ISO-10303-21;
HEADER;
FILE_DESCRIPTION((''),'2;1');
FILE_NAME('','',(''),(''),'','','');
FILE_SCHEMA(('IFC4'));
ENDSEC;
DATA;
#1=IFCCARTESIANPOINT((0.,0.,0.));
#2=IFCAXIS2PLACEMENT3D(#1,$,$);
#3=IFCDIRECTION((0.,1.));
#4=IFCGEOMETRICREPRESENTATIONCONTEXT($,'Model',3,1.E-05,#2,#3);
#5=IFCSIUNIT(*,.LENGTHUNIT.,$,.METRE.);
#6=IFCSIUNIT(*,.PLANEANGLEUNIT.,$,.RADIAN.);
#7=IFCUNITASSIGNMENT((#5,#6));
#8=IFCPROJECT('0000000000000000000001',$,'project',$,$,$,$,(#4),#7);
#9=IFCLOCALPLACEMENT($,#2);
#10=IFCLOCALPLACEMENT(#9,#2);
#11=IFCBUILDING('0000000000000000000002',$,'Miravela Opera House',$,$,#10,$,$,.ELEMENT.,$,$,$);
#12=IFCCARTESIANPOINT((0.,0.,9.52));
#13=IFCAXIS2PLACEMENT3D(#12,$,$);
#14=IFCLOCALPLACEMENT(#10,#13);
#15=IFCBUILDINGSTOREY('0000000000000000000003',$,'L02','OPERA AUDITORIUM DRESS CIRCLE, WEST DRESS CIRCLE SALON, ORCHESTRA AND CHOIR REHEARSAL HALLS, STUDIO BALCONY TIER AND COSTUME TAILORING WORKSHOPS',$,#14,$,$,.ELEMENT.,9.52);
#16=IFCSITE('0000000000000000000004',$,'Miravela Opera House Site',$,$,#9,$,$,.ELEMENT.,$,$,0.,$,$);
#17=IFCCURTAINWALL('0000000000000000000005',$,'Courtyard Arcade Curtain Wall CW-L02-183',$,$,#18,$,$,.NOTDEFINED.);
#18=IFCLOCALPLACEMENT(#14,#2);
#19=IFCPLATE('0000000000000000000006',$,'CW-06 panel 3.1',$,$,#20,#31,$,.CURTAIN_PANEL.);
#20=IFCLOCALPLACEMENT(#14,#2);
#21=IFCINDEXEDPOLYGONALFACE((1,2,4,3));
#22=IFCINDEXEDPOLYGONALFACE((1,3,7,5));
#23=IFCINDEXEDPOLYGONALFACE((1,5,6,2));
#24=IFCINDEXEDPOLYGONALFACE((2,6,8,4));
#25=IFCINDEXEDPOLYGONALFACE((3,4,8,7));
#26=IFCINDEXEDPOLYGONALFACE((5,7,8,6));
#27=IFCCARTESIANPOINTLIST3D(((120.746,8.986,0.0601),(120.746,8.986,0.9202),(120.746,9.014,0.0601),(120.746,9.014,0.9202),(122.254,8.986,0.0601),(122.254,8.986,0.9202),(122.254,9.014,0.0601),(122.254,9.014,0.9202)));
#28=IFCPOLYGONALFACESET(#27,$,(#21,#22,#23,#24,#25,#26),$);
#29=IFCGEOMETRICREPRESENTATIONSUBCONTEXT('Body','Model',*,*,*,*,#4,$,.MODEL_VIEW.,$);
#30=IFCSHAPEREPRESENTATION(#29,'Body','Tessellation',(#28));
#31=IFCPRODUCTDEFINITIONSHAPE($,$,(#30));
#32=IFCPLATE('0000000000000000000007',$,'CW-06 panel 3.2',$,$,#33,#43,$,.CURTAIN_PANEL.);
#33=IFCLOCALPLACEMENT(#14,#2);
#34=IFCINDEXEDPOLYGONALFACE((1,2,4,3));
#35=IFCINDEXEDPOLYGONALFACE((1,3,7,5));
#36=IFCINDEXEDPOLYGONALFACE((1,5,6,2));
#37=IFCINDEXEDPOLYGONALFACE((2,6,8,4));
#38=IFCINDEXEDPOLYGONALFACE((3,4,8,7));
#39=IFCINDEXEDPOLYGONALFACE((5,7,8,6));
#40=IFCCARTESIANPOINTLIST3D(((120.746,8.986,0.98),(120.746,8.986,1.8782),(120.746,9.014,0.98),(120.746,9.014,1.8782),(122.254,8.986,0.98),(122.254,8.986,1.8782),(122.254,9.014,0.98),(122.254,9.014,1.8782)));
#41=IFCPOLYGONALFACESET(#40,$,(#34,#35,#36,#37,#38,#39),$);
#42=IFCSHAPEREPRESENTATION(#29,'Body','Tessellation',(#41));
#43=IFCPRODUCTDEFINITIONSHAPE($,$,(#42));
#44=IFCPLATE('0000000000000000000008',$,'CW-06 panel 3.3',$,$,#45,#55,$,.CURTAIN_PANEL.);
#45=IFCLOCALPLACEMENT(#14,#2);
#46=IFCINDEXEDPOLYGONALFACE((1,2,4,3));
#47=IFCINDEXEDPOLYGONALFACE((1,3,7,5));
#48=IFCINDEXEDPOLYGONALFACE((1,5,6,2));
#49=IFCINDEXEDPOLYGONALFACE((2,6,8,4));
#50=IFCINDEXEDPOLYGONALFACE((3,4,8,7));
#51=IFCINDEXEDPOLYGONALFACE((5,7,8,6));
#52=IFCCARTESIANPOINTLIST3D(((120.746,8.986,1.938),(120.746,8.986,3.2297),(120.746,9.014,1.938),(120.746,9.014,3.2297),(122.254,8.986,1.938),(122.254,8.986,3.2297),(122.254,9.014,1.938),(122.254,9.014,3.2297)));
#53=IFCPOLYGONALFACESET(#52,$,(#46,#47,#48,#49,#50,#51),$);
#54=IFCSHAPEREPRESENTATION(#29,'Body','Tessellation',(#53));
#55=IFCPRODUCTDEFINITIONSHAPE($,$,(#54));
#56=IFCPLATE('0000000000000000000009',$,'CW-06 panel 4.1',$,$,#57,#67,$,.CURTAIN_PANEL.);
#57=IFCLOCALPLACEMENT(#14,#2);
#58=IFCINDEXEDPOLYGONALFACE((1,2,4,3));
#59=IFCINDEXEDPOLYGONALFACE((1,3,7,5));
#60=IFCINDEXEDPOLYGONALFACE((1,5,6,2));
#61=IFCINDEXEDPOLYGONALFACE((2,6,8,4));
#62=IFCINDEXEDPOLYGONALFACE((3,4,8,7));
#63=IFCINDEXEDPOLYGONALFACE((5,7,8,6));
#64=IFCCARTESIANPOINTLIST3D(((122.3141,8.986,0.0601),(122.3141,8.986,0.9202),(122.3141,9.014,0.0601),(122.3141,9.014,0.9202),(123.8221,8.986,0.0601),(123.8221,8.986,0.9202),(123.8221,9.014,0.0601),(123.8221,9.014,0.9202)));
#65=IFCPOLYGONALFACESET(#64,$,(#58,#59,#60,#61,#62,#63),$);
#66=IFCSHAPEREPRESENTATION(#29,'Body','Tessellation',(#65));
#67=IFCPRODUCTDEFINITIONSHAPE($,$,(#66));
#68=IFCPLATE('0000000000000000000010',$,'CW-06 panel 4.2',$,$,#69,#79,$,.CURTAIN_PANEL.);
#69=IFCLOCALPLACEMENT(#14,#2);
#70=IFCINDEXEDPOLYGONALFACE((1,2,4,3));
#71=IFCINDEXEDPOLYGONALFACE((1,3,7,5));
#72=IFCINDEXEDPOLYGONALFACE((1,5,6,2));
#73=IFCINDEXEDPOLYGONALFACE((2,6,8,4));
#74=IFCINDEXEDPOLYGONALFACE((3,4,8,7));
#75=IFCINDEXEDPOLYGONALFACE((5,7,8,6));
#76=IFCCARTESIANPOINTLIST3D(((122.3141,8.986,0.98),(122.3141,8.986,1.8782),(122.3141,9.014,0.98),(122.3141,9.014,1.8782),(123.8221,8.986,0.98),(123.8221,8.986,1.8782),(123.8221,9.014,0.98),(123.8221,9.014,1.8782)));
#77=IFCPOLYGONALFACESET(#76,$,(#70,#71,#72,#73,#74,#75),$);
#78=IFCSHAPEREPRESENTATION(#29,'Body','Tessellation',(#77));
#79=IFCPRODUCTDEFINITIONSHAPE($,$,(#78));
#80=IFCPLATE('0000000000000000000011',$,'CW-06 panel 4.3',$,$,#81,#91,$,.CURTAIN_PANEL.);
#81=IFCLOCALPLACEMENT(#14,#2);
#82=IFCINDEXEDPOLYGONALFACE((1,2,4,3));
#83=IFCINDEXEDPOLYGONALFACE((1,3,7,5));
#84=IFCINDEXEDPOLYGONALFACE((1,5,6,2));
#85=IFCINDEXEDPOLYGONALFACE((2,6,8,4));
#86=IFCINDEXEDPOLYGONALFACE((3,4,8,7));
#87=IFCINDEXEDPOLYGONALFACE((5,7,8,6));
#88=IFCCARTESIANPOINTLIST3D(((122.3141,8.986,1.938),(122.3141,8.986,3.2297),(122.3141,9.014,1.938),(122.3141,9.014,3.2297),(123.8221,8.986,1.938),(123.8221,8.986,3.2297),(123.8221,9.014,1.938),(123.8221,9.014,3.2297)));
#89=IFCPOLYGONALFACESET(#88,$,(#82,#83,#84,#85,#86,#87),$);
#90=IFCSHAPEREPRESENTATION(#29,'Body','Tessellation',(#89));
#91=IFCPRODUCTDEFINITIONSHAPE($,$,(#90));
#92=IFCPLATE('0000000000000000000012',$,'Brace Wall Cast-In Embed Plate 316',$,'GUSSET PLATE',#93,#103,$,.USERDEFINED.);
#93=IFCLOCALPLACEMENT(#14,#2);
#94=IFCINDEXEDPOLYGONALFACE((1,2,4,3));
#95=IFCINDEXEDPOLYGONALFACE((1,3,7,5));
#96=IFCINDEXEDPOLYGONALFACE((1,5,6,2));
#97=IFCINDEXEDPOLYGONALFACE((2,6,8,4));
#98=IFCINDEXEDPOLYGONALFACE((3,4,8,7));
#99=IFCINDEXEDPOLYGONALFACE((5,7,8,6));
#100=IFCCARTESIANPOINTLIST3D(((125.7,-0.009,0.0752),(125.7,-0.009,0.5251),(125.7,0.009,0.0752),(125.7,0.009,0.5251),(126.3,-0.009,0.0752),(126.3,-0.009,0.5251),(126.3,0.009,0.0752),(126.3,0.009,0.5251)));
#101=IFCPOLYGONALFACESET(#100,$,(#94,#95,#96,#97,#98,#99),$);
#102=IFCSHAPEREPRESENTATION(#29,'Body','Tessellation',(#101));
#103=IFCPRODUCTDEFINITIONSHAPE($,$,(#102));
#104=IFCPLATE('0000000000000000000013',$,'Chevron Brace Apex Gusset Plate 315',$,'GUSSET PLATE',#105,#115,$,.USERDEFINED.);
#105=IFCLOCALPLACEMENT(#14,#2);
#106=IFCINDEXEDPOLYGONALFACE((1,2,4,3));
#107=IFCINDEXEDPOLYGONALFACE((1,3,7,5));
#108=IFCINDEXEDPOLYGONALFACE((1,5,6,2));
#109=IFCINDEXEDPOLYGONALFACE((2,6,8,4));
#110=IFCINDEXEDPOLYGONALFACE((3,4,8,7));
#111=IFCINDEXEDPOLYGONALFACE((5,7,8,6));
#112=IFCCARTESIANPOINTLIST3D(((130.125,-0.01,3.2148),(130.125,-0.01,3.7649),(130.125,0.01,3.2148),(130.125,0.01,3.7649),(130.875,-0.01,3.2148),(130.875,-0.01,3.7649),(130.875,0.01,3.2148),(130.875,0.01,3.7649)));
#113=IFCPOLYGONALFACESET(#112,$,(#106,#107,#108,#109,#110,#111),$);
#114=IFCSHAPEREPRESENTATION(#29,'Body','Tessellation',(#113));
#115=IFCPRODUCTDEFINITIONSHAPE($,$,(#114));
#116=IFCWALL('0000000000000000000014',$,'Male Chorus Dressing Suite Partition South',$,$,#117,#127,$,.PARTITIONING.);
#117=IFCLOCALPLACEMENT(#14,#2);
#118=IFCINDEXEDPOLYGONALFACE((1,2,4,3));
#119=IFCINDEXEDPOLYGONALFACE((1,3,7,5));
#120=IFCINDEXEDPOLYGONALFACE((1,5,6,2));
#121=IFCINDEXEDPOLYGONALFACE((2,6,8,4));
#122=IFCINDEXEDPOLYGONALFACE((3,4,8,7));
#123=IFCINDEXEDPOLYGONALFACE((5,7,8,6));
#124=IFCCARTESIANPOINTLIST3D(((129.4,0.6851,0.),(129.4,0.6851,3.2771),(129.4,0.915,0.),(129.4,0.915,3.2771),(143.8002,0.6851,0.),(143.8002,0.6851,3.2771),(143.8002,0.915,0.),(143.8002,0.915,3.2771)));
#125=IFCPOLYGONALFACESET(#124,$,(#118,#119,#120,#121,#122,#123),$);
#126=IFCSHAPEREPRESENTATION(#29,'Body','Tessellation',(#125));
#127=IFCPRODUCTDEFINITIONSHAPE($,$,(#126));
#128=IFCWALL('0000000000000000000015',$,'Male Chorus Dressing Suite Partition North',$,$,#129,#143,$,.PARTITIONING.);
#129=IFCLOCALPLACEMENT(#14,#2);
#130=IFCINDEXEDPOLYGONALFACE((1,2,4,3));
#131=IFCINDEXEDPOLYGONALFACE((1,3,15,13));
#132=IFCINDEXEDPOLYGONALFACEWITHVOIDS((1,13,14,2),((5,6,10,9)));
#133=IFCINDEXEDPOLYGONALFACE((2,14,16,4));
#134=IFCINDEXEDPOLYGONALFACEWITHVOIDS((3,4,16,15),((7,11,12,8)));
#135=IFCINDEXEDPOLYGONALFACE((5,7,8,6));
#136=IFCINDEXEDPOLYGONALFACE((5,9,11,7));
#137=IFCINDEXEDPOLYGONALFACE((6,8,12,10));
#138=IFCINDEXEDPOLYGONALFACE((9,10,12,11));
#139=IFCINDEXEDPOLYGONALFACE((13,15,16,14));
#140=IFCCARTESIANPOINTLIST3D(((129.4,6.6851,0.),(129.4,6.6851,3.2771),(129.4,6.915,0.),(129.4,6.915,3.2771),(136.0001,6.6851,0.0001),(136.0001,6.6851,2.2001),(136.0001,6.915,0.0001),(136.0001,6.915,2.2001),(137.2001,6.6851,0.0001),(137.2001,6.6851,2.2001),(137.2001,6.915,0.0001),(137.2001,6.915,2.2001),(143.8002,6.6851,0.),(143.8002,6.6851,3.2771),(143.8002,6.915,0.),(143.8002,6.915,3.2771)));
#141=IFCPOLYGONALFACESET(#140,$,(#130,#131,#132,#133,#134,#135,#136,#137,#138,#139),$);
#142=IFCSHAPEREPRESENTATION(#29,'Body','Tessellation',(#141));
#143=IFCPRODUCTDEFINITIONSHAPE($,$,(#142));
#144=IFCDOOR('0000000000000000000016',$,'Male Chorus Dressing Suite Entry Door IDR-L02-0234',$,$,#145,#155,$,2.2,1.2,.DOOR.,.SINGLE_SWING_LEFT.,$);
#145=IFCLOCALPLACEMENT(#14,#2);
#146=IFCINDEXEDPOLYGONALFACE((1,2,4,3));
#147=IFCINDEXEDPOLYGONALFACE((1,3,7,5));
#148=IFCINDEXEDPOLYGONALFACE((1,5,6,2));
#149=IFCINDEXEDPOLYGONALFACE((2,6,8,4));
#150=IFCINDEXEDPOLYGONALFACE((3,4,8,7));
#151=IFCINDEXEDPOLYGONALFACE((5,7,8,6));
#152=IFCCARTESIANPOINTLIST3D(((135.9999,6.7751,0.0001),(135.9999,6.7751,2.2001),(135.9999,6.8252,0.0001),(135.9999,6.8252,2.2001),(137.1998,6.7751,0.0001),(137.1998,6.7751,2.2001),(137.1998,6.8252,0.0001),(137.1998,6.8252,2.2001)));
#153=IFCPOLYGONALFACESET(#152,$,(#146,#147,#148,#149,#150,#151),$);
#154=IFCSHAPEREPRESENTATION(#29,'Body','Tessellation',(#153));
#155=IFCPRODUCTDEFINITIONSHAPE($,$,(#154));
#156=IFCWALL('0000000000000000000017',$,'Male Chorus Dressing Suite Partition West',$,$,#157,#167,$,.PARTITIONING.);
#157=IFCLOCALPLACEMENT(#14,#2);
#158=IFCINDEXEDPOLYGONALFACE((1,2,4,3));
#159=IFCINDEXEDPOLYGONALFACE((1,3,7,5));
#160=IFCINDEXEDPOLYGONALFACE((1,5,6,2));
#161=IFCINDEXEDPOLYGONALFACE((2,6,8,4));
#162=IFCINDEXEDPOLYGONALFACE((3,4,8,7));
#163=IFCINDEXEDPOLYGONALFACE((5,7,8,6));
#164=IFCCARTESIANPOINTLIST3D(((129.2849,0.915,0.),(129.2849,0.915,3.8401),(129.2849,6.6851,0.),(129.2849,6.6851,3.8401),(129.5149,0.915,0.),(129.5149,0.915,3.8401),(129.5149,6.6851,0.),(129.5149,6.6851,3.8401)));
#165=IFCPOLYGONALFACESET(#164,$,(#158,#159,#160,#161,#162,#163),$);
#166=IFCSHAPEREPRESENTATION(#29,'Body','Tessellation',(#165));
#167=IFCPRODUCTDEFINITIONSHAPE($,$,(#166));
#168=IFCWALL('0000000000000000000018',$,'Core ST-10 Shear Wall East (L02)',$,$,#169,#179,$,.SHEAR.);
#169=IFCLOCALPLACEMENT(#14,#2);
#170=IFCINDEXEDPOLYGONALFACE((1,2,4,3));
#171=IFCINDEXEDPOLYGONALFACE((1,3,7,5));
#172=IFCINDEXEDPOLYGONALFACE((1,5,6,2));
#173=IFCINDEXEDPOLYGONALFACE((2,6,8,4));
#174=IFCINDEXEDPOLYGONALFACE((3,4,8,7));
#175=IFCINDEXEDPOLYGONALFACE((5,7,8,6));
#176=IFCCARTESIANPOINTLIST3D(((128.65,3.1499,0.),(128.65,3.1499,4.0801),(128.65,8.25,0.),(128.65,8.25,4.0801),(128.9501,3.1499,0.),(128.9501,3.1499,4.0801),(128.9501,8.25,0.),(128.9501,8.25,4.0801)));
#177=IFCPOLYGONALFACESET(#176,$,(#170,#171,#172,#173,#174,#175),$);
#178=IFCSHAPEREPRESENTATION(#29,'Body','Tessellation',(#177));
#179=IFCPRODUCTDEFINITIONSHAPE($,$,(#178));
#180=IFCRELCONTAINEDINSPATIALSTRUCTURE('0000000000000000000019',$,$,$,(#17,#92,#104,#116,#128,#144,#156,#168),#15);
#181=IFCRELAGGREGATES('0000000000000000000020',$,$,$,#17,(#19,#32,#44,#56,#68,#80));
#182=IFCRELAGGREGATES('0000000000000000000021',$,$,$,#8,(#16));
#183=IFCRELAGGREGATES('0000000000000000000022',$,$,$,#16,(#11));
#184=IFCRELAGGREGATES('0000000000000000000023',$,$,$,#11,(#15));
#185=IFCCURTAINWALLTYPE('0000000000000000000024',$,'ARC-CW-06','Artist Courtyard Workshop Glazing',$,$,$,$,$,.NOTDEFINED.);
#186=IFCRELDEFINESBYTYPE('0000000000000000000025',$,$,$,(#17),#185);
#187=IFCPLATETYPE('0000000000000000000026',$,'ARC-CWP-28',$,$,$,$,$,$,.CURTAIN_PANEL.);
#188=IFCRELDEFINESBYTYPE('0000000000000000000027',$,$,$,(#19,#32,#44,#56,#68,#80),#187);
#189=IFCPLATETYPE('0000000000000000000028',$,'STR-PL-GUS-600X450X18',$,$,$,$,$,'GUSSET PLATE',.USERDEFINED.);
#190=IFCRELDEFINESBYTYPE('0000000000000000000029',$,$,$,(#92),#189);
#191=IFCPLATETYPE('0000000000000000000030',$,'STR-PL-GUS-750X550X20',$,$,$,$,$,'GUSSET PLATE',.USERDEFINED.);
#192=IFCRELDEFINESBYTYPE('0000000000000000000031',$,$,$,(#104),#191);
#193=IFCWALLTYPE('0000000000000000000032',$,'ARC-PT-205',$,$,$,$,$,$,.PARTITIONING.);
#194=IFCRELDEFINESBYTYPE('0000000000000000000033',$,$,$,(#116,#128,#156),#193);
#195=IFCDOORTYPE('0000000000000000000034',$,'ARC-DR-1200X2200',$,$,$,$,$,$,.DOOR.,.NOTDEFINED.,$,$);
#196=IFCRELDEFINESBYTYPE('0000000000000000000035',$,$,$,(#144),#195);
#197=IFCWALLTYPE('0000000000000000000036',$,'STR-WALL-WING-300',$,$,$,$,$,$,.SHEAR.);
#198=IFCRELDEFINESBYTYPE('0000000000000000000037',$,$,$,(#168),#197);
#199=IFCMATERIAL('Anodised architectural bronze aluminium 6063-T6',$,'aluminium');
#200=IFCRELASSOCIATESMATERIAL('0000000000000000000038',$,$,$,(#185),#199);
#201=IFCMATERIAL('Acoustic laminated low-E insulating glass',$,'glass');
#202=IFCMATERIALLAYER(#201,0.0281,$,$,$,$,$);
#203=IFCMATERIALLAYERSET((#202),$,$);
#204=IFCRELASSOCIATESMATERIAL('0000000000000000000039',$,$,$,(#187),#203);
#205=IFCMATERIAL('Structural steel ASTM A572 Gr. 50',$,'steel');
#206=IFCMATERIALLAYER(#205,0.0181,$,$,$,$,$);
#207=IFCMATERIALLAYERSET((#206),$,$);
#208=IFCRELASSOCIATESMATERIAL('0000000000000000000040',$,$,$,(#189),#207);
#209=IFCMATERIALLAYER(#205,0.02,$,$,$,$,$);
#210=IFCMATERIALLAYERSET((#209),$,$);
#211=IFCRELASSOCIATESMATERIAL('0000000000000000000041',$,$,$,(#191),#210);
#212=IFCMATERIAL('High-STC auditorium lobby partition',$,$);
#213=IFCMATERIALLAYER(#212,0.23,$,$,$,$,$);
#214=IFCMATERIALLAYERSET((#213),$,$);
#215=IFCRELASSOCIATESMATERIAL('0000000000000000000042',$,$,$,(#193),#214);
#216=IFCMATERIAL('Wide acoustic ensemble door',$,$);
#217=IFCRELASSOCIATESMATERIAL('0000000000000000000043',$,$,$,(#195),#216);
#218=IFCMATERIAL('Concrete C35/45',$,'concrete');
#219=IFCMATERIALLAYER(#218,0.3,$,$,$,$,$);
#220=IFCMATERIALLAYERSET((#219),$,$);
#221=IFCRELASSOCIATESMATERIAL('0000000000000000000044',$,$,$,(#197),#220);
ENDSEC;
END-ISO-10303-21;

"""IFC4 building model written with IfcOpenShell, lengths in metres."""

from ifc_helpers import new_model, si_unit, direction, frame, frame_2d, origin, origin_2d, place, context, subcontext, project, spatial, rectangle, extrude, material, layer, layer_set, type_object, element, fill, aggregate, save


model = new_model("IFC4")

# Units and contexts
model_context = context("Model", 3, precision=1e-05, world=origin(), true_north=direction((0.0, 1.0)))
body_context = subcontext(model_context, "Body", "Model", "MODEL_VIEW")
ifc_project = project(units=[si_unit("LENGTHUNIT", "METRE"), si_unit("PLANEANGLEUNIT", "RADIAN")], contexts=[model_context])

# Site, building, storey
site_placement = place(None, origin())
site = spatial("IfcSite", under=ifc_project, at=site_placement, Name="Miravela Opera House Site", CompositionType="ELEMENT", RefElevation=0.0)
building_placement = place(site_placement, origin())
building = spatial("IfcBuilding", under=site, at=building_placement, Name="Miravela Opera House", CompositionType="ELEMENT")
storey_placement = place(building_placement, frame((0.0, 0.0, 9.52)))
storey = spatial("IfcBuildingStorey", under=building, at=storey_placement, Name="L02", Description="OPERA AUDITORIUM DRESS CIRCLE, WEST DRESS CIRCLE SALON, ORCHESTRA AND CHOIR REHEARSAL HALLS, STUDIO BALCONY TIER AND COSTUME TAILORING WORKSHOPS", CompositionType="ELEMENT", Elevation=9.52)

# Shared definitions
ifc_material_1 = material(Name="Concrete C35/45", Category="concrete")

# Curtain wall
ifc_material_2 = material(Name="Anodised architectural bronze aluminium 6063-T6", Category="aluminium")
curtain_wall_type = type_object("IfcCurtainWallType", Name="ARC-CW-06", Description="Artist Courtyard Workshop Glazing", PredefinedType="NOTDEFINED", material=ifc_material_2)
curtain_wall_placement = place(storey_placement, origin())
curtain_wall = element("IfcCurtainWall", 1, at=curtain_wall_placement, inside=storey, type_object=curtain_wall_type, Name="Courtyard Arcade Curtain Wall CW-L02-183", PredefinedType="NOTDEFINED")

# Plates
ifc_material_3 = material(Name="Acoustic laminated low-E insulating glass", Category="glass")
ifc_layer_1 = layer(ifc_material_3, 0.0281)
ifc_layer_set_1 = layer_set([ifc_layer_1])
plate_type_1 = type_object("IfcPlateType", Name="ARC-CWP-28", PredefinedType="CURTAIN_PANEL", material=ifc_layer_set_1)
plate_1_placement = place(storey_placement, frame((121.5, 9.0, 0.0601), z_axis=(0.0, 0.0, 1.0), x_axis=(1.0, 0.0, 0.0)))
plate_1 = element("IfcPlate", 2, at=plate_1_placement, type_object=plate_type_1, Name="CW-06 panel 3.1", PredefinedType="CURTAIN_PANEL", context=body_context, shape_type="SweptSolid", body=[
    extrude(rectangle(XDim=1.5081, YDim=0.0281, at=origin_2d()), origin(), (0.0, 0.0, 1.0), 0.8601),
])
plate_2_placement = place(storey_placement, frame((121.5, 9.0, 0.98), z_axis=(0.0, 0.0, 1.0), x_axis=(1.0, 0.0, 0.0)))
plate_2 = element("IfcPlate", 3, at=plate_2_placement, type_object=plate_type_1, Name="CW-06 panel 3.2", PredefinedType="CURTAIN_PANEL", context=body_context, shape_type="SweptSolid", body=[
    extrude(rectangle(XDim=1.5081, YDim=0.0281, at=origin_2d()), origin(), (0.0, 0.0, 1.0), 0.8982),
])
plate_3_placement = place(storey_placement, frame((121.5, 9.0, 1.938), z_axis=(0.0, 0.0, 1.0), x_axis=(1.0, 0.0, 0.0)))
plate_3 = element("IfcPlate", 4, at=plate_3_placement, type_object=plate_type_1, Name="CW-06 panel 3.3", PredefinedType="CURTAIN_PANEL", context=body_context, shape_type="SweptSolid", body=[
    extrude(rectangle(XDim=1.5081, YDim=0.0281, at=origin_2d()), origin(), (0.0, 0.0, 1.0), 1.2917),
])
plate_4_placement = place(storey_placement, frame((123.0681, 9.0, 0.0601), z_axis=(0.0, 0.0, 1.0), x_axis=(1.0, 0.0, 0.0)))
plate_4 = element("IfcPlate", 5, at=plate_4_placement, type_object=plate_type_1, Name="CW-06 panel 4.1", PredefinedType="CURTAIN_PANEL", context=body_context, shape_type="SweptSolid", body=[
    extrude(rectangle(XDim=1.5081, YDim=0.0281, at=origin_2d()), origin(), (0.0, 0.0, 1.0), 0.8601),
])
plate_5_placement = place(storey_placement, frame((123.0681, 9.0, 0.98), z_axis=(0.0, 0.0, 1.0), x_axis=(1.0, 0.0, 0.0)))
plate_5 = element("IfcPlate", 6, at=plate_5_placement, type_object=plate_type_1, Name="CW-06 panel 4.2", PredefinedType="CURTAIN_PANEL", context=body_context, shape_type="SweptSolid", body=[
    extrude(rectangle(XDim=1.5081, YDim=0.0281, at=origin_2d()), origin(), (0.0, 0.0, 1.0), 0.8982),
])
plate_6_placement = place(storey_placement, frame((123.0681, 9.0, 1.938), z_axis=(0.0, 0.0, 1.0), x_axis=(1.0, 0.0, 0.0)))
plate_6 = element("IfcPlate", 7, at=plate_6_placement, type_object=plate_type_1, Name="CW-06 panel 4.3", PredefinedType="CURTAIN_PANEL", context=body_context, shape_type="SweptSolid", body=[
    extrude(rectangle(XDim=1.5081, YDim=0.0281, at=origin_2d()), origin(), (0.0, 0.0, 1.0), 1.2917),
])
aggregate(curtain_wall, [plate_1, plate_2, plate_3, plate_4, plate_5, plate_6])

# Plates
ifc_material_4 = material(Name="Structural steel ASTM A572 Gr. 50", Category="steel")
ifc_layer_2 = layer(ifc_material_4, 0.0181)
ifc_layer_set_2 = layer_set([ifc_layer_2])
plate_type_2 = type_object("IfcPlateType", Name="STR-PL-GUS-600X450X18", ElementType="GUSSET PLATE", PredefinedType="USERDEFINED", material=ifc_layer_set_2)
plate_7_placement = place(storey_placement, frame((126.0, 0.0, 0.0752), z_axis=(0.0, 0.0, 1.0), x_axis=(1.0, 0.0, 0.0)))
element("IfcPlate", 8, at=plate_7_placement, inside=storey, type_object=plate_type_2, Name="Brace Wall Cast-In Embed Plate 316", ObjectType="GUSSET PLATE", PredefinedType="USERDEFINED", context=body_context, shape_type="SweptSolid", body=[
    extrude(rectangle(XDim=0.6001, YDim=0.0181, at=origin_2d()), origin(), (0.0, 0.0, 1.0), 0.45),
])
ifc_layer_3 = layer(ifc_material_4, 0.02)
ifc_layer_set_3 = layer_set([ifc_layer_3])
plate_type_3 = type_object("IfcPlateType", Name="STR-PL-GUS-750X550X20", ElementType="GUSSET PLATE", PredefinedType="USERDEFINED", material=ifc_layer_set_3)
plate_8_placement = place(storey_placement, frame((130.5, 0.0, 3.2148), z_axis=(0.0, 0.0, 1.0), x_axis=(1.0, 0.0, 0.0)))
element("IfcPlate", 9, at=plate_8_placement, inside=storey, type_object=plate_type_3, Name="Chevron Brace Apex Gusset Plate 315", ObjectType="GUSSET PLATE", PredefinedType="USERDEFINED", context=body_context, shape_type="SweptSolid", body=[
    extrude(rectangle(XDim=0.75, YDim=0.02, at=origin_2d()), origin(), (0.0, 0.0, 1.0), 0.55),
])

# Wall
ifc_material_5 = material(Name="High-STC auditorium lobby partition")
ifc_layer_4 = layer(ifc_material_5, 0.23)
ifc_layer_set_4 = layer_set([ifc_layer_4])
wall_type_1 = type_object("IfcWallType", Name="ARC-PT-205", PredefinedType="PARTITIONING", material=ifc_layer_set_4)
wall_1_placement = place(storey_placement, frame((129.3999, 0.8, 0.0), z_axis=(0.0, 0.0, 1.0), x_axis=(1.0, 0.0, 0.0)))
element("IfcWall", 10, at=wall_1_placement, inside=storey, type_object=wall_type_1, Name="Male Chorus Dressing Suite Partition South", PredefinedType="PARTITIONING", context=body_context, shape_type="SweptSolid", body=[
    extrude(rectangle(XDim=14.4001, YDim=0.23, at=frame_2d((7.2002, 0.0))), origin(), (0.0, 0.0, 1.0), 3.2771),
])

# Wall, opening, door
wall_2_placement = place(storey_placement, frame((129.3999, 6.8, 0.0), z_axis=(0.0, 0.0, 1.0), x_axis=(1.0, 0.0, 0.0)))
wall_2 = element("IfcWall", 11, at=wall_2_placement, inside=storey, type_object=wall_type_1, Name="Male Chorus Dressing Suite Partition North", PredefinedType="PARTITIONING", context=body_context, shape_type="SweptSolid", body=[
    extrude(rectangle(XDim=14.4001, YDim=0.23, at=frame_2d((7.2002, 0.0))), origin(), (0.0, 0.0, 1.0), 3.2771),
])
opening_placement = place(wall_2_placement, frame((6.6001, 0.0, 0.0)))
opening = element("IfcOpeningElement", 12, at=opening_placement, cuts=wall_2, PredefinedType="OPENING", context=body_context, shape_type="SweptSolid", body=[
    extrude(rectangle(XDim=1.2, YDim=2.2, at=frame_2d((0.6001, 1.1001))), frame((0.0, 0.125, 0.0), z_axis=(0.0, -1.0, 0.0), x_axis=(1.0, 0.0, 0.0)), (0.0, 0.0, 1.0), 0.25),
])
ifc_material_6 = material(Name="Wide acoustic ensemble door")
door_type = type_object("IfcDoorType", Name="ARC-DR-1200X2200", OperationType="NOTDEFINED", PredefinedType="DOOR", material=ifc_material_6)
door_placement = place(opening_placement, frame((1.2, 0.0, 0.0), z_axis=(0.0, 0.0, 1.0), x_axis=(-1.0, 0.0, 0.0)))
door = element("IfcDoor", 13, at=door_placement, inside=storey, type_object=door_type, Name="Male Chorus Dressing Suite Entry Door IDR-L02-0234", OperationType="SINGLE_SWING_LEFT", OverallHeight=2.2, OverallWidth=1.2, PredefinedType="DOOR", context=body_context, shape_type="SweptSolid", body=[
    extrude(rectangle(XDim=1.2, YDim=2.2, at=frame_2d((0.6001, 1.1001))), frame((0.0, 0.0249, 0.0), z_axis=(0.0, -1.0, 0.0), x_axis=(1.0, 0.0, 0.0)), (0.0, 0.0, 1.0), 0.05),
])
fill(opening, door)

# Walls
wall_3_placement = place(storey_placement, frame((129.3999, 0.915, 0.0), z_axis=(0.0, 0.0, 1.0), x_axis=(0.0, 1.0, 0.0)))
element("IfcWall", 14, at=wall_3_placement, inside=storey, type_object=wall_type_1, Name="Male Chorus Dressing Suite Partition West", PredefinedType="PARTITIONING", context=body_context, shape_type="SweptSolid", body=[
    extrude(rectangle(XDim=5.77, YDim=0.23, at=frame_2d((2.885, 0.0))), origin(), (0.0, 0.0, 1.0), 3.8401),
])
ifc_layer_5 = layer(ifc_material_1, 0.3)
ifc_layer_set_5 = layer_set([ifc_layer_5])
wall_type_2 = type_object("IfcWallType", Name="STR-WALL-WING-300", PredefinedType="SHEAR", material=ifc_layer_set_5)
wall_4_placement = place(storey_placement, frame((128.8, 3.1499, 0.0), z_axis=(0.0, 0.0, 1.0), x_axis=(0.0, 1.0, 0.0)))
element("IfcWall", 15, at=wall_4_placement, inside=storey, type_object=wall_type_2, Name="Core ST-10 Shear Wall East (L02)", PredefinedType="SHEAR", context=body_context, shape_type="SweptSolid", body=[
    extrude(rectangle(XDim=5.1001, YDim=0.3, at=frame_2d((2.55, 0.0))), origin(), (0.0, 0.0, 1.0), 4.0801),
])

save(model, "model.ifc")
